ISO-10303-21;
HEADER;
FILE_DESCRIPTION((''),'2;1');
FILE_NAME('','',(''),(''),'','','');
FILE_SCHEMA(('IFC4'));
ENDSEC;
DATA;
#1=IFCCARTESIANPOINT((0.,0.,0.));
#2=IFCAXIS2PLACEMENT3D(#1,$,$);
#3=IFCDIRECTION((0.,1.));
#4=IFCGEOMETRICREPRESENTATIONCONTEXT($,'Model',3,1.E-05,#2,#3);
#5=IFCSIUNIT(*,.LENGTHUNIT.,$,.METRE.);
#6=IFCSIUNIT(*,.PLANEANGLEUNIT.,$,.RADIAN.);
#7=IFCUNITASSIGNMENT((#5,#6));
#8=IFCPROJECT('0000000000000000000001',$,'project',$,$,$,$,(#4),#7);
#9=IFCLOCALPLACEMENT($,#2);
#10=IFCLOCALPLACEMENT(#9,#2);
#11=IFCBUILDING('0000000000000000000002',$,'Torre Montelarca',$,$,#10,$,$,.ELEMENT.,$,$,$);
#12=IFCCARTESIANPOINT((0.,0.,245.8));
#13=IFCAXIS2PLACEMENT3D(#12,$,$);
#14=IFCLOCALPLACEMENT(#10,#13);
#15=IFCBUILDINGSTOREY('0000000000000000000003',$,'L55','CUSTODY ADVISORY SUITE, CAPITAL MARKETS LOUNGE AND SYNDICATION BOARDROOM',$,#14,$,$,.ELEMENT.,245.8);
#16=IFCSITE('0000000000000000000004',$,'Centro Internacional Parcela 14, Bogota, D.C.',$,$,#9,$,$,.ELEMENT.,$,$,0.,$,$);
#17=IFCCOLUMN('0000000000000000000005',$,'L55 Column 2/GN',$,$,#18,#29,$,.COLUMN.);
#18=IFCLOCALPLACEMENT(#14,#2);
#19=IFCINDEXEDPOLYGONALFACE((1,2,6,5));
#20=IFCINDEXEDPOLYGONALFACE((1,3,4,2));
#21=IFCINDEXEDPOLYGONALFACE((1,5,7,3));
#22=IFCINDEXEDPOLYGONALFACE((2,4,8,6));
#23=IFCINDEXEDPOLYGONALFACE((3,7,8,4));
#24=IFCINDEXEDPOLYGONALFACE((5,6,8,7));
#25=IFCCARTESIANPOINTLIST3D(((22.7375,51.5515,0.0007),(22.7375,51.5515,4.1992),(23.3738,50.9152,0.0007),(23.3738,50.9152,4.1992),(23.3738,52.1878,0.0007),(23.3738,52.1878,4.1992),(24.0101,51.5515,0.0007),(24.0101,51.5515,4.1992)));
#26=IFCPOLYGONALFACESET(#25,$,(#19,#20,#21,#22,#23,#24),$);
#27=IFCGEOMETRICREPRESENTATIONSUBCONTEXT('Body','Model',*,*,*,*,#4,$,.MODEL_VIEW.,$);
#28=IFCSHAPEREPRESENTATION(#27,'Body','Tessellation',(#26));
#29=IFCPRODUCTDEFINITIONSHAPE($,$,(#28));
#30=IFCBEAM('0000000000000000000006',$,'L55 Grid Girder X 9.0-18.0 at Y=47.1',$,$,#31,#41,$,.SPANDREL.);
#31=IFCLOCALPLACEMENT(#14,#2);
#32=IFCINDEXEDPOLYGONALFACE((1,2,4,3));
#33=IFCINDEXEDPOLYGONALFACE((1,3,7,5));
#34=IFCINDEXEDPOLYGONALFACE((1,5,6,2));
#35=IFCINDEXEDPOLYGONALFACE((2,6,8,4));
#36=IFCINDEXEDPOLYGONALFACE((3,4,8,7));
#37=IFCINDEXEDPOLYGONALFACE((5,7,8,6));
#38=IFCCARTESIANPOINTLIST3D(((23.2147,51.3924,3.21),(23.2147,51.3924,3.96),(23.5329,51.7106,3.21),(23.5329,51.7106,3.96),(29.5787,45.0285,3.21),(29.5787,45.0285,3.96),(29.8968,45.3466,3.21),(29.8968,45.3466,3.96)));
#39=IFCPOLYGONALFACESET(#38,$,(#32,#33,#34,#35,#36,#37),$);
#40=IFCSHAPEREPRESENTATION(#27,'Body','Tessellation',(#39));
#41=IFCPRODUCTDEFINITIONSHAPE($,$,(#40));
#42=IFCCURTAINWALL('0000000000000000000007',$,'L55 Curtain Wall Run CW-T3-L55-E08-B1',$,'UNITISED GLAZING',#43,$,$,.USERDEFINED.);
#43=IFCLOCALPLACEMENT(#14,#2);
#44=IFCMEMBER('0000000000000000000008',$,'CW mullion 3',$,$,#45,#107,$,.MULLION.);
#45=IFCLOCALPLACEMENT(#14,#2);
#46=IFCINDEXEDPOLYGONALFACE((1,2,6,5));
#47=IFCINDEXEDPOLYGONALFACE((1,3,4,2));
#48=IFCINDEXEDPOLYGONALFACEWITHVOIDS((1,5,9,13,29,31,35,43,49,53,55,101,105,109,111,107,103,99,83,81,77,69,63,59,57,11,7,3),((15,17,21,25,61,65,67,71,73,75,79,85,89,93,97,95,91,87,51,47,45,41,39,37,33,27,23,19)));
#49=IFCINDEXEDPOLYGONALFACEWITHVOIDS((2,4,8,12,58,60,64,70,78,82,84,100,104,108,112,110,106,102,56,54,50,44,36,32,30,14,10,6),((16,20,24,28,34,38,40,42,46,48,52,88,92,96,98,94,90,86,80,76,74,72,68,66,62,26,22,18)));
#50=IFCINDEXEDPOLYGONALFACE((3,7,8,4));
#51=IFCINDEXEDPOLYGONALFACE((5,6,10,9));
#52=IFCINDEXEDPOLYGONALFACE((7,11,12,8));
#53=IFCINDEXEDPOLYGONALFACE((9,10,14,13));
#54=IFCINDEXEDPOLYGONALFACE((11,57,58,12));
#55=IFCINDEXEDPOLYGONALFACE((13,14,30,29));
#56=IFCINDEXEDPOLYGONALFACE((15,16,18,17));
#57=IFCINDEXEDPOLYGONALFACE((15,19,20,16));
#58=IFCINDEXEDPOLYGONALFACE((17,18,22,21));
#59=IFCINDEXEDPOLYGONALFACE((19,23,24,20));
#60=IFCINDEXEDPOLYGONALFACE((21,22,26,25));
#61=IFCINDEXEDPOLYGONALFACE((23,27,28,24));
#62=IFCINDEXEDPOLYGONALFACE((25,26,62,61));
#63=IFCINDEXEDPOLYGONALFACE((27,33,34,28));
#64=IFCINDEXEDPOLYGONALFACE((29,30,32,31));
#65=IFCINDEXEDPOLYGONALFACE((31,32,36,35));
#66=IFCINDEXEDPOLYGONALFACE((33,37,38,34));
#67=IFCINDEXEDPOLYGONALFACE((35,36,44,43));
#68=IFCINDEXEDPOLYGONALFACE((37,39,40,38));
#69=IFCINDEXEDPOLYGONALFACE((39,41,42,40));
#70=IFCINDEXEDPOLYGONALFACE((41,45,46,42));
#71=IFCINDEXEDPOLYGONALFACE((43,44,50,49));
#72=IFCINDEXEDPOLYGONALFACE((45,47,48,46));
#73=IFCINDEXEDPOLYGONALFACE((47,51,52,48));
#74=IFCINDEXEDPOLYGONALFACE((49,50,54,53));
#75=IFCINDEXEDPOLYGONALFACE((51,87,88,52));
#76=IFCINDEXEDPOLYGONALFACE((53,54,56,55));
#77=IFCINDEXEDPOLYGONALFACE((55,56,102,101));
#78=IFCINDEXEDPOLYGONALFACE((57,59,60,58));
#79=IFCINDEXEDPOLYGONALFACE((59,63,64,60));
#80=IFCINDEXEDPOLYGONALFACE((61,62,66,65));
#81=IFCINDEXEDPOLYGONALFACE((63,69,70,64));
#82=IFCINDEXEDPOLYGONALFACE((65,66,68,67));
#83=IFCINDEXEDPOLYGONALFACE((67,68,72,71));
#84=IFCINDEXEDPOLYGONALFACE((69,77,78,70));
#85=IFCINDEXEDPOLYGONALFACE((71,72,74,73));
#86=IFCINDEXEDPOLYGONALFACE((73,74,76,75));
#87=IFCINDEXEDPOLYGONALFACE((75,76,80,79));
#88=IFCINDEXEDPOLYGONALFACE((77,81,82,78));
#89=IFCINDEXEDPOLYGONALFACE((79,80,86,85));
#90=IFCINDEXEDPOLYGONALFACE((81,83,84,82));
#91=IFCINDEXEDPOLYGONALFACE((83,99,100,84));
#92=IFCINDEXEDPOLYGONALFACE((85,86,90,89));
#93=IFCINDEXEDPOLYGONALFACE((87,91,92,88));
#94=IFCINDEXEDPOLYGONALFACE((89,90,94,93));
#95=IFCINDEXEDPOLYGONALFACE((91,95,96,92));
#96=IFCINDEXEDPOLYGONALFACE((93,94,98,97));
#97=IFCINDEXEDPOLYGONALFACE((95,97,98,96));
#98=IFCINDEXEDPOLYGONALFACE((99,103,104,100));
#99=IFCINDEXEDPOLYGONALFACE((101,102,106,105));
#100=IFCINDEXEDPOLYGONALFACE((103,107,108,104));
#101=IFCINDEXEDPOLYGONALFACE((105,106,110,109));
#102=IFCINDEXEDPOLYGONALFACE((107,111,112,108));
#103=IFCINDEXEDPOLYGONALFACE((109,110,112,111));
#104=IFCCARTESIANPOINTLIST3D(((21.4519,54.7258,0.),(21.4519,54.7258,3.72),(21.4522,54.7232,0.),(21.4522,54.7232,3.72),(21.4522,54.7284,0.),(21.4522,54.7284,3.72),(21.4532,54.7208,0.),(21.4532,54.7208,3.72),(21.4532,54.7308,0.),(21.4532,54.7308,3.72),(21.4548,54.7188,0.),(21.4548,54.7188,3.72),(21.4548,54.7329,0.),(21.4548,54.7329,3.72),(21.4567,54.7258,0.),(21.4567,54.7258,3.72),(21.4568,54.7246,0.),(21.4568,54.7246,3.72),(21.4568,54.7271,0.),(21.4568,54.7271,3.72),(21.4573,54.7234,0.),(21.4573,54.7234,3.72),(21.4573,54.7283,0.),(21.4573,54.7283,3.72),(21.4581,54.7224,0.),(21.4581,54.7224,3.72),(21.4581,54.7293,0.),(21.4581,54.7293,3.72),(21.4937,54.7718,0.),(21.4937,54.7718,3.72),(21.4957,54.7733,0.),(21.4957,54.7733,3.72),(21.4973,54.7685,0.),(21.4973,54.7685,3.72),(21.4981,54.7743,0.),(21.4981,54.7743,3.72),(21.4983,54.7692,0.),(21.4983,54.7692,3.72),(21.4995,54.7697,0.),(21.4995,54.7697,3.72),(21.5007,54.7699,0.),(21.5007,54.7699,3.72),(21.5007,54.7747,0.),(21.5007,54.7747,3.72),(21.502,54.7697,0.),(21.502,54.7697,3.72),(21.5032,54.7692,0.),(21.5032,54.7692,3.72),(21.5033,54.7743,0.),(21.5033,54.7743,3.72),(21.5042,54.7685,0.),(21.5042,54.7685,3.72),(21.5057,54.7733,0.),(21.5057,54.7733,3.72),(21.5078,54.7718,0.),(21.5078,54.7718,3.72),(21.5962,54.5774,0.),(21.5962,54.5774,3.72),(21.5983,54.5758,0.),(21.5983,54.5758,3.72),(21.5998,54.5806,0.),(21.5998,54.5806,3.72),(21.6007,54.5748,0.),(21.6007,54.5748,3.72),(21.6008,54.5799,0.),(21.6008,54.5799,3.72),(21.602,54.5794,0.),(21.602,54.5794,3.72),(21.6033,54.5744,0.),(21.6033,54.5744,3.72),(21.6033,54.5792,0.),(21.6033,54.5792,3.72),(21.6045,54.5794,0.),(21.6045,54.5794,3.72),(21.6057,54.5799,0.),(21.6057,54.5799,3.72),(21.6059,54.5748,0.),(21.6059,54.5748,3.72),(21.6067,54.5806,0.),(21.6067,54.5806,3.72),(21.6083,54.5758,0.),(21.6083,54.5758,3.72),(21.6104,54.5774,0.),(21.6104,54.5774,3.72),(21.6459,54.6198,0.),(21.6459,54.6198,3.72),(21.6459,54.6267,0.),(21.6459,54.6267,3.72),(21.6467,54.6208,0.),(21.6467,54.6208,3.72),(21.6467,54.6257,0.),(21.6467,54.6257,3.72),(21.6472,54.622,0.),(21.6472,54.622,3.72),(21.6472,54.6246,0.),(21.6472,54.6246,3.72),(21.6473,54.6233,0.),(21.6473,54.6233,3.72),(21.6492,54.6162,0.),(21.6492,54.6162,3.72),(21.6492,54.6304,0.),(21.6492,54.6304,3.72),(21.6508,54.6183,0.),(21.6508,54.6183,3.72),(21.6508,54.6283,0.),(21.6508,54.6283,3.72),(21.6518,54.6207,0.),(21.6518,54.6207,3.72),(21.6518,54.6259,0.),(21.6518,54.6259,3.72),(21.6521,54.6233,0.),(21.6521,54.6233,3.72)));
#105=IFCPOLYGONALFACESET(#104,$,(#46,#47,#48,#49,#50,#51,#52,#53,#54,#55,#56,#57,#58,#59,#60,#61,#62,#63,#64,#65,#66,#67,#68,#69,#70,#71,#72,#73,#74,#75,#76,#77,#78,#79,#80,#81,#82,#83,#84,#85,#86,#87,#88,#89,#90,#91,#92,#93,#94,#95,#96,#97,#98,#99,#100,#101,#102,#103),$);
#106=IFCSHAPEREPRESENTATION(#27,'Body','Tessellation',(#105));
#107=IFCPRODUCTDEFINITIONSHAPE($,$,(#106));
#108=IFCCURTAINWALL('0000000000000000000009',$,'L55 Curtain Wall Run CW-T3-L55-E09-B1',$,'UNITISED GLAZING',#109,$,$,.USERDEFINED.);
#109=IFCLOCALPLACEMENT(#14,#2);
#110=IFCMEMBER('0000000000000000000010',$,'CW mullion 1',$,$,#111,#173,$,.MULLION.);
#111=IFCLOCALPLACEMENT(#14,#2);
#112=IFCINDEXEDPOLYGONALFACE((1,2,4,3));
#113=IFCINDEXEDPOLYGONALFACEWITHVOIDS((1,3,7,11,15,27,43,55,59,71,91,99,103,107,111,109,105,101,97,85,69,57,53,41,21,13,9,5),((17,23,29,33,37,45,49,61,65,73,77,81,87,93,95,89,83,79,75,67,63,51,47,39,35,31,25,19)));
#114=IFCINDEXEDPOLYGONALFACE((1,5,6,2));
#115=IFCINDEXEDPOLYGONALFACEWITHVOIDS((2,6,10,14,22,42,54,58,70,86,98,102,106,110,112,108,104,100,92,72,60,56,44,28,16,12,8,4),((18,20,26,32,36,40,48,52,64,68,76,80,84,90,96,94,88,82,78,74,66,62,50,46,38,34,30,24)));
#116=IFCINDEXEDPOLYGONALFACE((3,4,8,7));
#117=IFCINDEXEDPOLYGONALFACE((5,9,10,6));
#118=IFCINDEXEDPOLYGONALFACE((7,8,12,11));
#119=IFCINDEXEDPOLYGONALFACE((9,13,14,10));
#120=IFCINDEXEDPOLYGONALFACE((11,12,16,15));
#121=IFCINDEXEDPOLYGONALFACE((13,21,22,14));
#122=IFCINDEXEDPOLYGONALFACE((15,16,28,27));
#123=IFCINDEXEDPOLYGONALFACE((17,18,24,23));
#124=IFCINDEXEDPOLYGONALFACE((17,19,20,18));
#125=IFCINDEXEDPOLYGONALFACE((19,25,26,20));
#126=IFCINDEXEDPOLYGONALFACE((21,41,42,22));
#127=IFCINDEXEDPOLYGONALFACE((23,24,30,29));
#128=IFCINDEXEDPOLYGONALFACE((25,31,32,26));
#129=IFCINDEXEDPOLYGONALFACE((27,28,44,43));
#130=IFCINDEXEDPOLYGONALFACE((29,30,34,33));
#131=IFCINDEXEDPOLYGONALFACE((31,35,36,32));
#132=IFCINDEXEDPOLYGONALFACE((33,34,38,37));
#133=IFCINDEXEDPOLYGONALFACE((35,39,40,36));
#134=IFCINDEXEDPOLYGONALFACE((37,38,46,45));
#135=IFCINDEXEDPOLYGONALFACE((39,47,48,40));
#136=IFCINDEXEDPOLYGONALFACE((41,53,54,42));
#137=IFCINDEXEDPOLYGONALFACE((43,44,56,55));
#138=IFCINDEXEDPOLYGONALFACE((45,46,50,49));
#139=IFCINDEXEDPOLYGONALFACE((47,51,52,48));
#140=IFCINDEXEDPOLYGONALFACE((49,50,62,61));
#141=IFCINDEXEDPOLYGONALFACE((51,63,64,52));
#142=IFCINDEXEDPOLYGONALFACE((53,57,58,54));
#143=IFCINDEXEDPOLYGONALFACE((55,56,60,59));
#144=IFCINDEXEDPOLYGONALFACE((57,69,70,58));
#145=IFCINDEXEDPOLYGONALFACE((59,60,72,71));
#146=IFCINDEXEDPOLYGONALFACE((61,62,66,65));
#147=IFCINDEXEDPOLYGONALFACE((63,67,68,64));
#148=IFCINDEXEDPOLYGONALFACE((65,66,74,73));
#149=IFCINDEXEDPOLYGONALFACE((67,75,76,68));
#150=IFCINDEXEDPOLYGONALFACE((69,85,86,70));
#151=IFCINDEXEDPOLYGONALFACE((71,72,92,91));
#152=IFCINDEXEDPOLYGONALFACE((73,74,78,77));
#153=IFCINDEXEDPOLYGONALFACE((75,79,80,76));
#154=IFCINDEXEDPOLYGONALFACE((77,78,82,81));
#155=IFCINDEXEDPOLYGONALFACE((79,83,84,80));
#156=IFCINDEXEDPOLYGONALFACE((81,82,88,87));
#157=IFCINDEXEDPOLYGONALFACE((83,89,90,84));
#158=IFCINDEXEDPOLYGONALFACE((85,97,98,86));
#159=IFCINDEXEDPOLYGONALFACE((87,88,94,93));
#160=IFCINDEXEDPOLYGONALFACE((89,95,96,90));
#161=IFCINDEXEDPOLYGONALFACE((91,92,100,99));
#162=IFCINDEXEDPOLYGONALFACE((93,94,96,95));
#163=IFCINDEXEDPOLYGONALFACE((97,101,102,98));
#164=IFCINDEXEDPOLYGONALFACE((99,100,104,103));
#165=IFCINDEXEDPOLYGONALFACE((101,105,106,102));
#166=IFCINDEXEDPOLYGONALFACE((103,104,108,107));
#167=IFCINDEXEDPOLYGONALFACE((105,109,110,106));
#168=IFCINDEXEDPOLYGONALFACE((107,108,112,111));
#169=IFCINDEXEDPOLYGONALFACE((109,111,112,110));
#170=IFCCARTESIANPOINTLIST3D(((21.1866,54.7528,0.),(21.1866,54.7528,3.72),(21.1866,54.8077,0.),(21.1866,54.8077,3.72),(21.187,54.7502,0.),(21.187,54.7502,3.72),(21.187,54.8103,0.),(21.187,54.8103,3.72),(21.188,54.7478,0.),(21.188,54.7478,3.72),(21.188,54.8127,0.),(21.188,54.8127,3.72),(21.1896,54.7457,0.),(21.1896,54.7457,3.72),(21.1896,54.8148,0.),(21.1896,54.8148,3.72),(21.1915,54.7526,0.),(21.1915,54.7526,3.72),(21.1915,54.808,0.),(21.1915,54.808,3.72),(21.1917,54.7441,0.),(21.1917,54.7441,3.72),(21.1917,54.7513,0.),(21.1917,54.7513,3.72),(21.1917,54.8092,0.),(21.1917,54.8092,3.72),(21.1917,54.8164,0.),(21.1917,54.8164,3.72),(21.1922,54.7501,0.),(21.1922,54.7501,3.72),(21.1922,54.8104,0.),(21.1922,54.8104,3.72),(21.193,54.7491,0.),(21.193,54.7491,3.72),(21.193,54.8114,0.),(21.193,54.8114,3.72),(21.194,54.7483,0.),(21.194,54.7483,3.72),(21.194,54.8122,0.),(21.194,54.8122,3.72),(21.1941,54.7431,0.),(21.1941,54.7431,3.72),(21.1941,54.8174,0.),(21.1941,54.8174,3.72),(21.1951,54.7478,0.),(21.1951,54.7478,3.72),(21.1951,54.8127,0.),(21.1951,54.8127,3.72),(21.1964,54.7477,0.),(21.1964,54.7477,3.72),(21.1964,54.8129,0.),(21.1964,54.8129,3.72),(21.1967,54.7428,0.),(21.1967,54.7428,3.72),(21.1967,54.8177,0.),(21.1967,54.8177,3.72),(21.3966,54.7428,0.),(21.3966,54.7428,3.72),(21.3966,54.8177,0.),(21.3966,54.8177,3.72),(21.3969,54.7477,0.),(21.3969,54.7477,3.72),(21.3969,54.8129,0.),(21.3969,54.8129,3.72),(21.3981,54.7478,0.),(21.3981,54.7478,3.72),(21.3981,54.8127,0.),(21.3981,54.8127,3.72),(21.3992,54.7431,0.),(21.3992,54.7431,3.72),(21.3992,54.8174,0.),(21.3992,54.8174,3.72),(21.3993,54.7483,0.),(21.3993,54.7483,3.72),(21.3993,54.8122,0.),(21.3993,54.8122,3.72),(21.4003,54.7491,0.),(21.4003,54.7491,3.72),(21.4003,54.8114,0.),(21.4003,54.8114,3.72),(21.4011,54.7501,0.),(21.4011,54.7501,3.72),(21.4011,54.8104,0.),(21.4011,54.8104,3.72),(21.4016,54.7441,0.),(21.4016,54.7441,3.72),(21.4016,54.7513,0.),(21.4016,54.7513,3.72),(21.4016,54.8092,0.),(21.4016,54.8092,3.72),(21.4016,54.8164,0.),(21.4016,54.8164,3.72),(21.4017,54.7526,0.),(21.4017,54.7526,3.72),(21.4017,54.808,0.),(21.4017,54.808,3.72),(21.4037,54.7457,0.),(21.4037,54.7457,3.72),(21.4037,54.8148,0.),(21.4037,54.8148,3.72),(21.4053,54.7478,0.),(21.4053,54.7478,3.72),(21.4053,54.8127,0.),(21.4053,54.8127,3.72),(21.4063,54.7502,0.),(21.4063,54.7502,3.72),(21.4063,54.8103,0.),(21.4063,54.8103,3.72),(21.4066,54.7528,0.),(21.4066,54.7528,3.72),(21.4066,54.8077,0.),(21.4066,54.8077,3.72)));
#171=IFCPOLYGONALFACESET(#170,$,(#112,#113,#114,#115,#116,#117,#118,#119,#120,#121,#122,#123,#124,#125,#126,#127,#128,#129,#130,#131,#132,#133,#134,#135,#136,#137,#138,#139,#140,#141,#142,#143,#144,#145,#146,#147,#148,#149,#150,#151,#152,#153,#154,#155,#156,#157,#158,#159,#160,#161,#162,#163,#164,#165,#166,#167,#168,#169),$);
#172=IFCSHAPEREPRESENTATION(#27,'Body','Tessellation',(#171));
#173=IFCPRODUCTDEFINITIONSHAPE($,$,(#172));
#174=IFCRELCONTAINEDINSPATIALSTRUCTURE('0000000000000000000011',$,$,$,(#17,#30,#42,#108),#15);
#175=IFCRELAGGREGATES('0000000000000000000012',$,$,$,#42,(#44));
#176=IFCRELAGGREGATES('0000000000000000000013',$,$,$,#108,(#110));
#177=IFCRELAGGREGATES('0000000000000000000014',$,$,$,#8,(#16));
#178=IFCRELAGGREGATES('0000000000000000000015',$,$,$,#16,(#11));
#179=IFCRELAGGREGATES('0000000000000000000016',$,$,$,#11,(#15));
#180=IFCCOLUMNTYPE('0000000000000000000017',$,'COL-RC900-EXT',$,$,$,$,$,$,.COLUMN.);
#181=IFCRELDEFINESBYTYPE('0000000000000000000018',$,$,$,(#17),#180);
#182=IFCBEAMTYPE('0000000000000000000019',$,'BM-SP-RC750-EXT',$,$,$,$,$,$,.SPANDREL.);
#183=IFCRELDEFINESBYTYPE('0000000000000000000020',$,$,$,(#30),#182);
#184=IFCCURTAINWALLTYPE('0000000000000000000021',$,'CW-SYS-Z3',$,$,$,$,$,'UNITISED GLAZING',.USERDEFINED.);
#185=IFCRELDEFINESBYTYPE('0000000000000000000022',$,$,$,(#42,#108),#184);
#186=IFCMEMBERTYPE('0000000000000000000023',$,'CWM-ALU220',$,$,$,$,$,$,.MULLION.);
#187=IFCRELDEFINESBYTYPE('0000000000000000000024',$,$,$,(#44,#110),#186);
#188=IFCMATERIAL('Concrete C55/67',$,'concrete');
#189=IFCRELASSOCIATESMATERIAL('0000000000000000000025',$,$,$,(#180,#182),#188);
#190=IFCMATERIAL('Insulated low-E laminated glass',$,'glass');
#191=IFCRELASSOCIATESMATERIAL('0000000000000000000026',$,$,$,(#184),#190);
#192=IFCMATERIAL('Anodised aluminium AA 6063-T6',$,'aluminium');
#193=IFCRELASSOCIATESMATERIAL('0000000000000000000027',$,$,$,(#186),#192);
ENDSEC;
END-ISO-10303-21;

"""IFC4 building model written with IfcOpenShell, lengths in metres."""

from ifc_helpers import new_model, si_unit, direction, frame, origin, origin_2d, place, context, subcontext, project, spatial, rectangle, hollow_rectangle, extrude, source, transform, mapped, material, material_profile, profile_set, type_object, element, aggregate, save


model = new_model("IFC4")

# Units and contexts
model_context = context("Model", 3, precision=1e-05, world=origin(), true_north=direction((0.0, 1.0)))
body_context = subcontext(model_context, "Body", "Model", "MODEL_VIEW")
ifc_project = project(units=[si_unit("LENGTHUNIT", "METRE"), si_unit("PLANEANGLEUNIT", "RADIAN")], contexts=[model_context])

# Site, building, storey
site_placement = place(None, origin())
site = spatial("IfcSite", under=ifc_project, at=site_placement, Name="Centro Internacional Parcela 14, Bogota, D.C.", CompositionType="ELEMENT", RefElevation=0.0)
building_placement = place(site_placement, origin())
building = spatial("IfcBuilding", under=site, at=building_placement, Name="Torre Montelarca", CompositionType="ELEMENT")
storey_placement = place(building_placement, frame((0.0, 0.0, 245.8)))
storey = spatial("IfcBuildingStorey", under=building, at=storey_placement, Name="L55", Description="CUSTODY ADVISORY SUITE, CAPITAL MARKETS LOUNGE AND SYNDICATION BOARDROOM", CompositionType="ELEMENT", Elevation=245.8)

# Column
ifc_material_1 = material(Name="Concrete C55/67", Category="concrete")
ifc_material_profile_1 = material_profile(ifc_material_1, rectangle(XDim=0.8999, YDim=0.8999, at=origin_2d()), Name="RC900X900", Category="concrete")
ifc_profile_set_1 = profile_set([ifc_material_profile_1], Name="Concrete C55/67")
column_type = type_object("IfcColumnType", Name="COL-RC900-EXT", PredefinedType="COLUMN", material=ifc_profile_set_1)
shared_shape_1 = source(origin(), body_context, "Body", "SweptSolid", [
    extrude(rectangle(XDim=0.8999, YDim=0.8999, at=origin_2d()), origin(), (0.0, 0.0, 1.0), 4.1985),
])
column_placement = place(storey_placement, frame((23.3738, 51.5515, 0.0007), z_axis=(0.0, 0.0, 1.0), x_axis=(-0.707107, 0.707107, 0.0)))
element("IfcColumn", 1, at=column_placement, inside=storey, type_object=column_type, Name="L55 Column 2/GN", PredefinedType="COLUMN", context=body_context, shape_type="MappedRepresentation", body=[
    mapped(shared_shape_1, transform((0.0, 0.0, 0.0), scale=1.0)),
])

# Beam
ifc_material_profile_2 = material_profile(ifc_material_1, rectangle(XDim=0.45, YDim=0.75, at=origin_2d()), Name="RCB450X750", Category="concrete")
ifc_profile_set_2 = profile_set([ifc_material_profile_2], Name="Concrete C55/67")
beam_type = type_object("IfcBeamType", Name="BM-SP-RC750-EXT", PredefinedType="SPANDREL", material=ifc_profile_set_2)
shared_shape_2 = source(origin(), body_context, "Body", "SweptSolid", [
    extrude(rectangle(XDim=0.45, YDim=0.75, at=origin_2d()), origin(), (0.0, 0.0, 1.0), 9.0),
])
beam_placement = place(storey_placement, frame((23.3738, 51.5515, 3.585), z_axis=(0.707107, -0.707107, 0.0), x_axis=(0.707107, 0.707107, 0.0)))
element("IfcBeam", 2, at=beam_placement, inside=storey, type_object=beam_type, Name="L55 Grid Girder X 9.0-18.0 at Y=47.1", PredefinedType="SPANDREL", context=body_context, shape_type="MappedRepresentation", body=[
    mapped(shared_shape_2, transform((0.0, 0.0, 0.0), scale=1.0)),
])

# Curtain wall, member
ifc_material_2 = material(Name="Insulated low-E laminated glass", Category="glass")
curtain_wall_type = type_object("IfcCurtainWallType", Name="CW-SYS-Z3", ElementType="UNITISED GLAZING", PredefinedType="USERDEFINED", material=ifc_material_2)
curtain_wall_1_placement = place(storey_placement, origin())
curtain_wall_1 = element("IfcCurtainWall", 3, at=curtain_wall_1_placement, inside=storey, type_object=curtain_wall_type, Name="L55 Curtain Wall Run CW-T3-L55-E08-B1", ObjectType="UNITISED GLAZING", PredefinedType="USERDEFINED")
ifc_material_3 = material(Name="Anodised aluminium AA 6063-T6", Category="aluminium")
ifc_material_profile_3 = material_profile(ifc_material_3, hollow_rectangle(XDim=0.075, YDim=0.22, WallThickness=0.0049, InnerFilletRadius=0.0049, OuterFilletRadius=0.01, at=origin_2d()), Name="ALU75X220X5", Category="aluminium")
ifc_profile_set_3 = profile_set([ifc_material_profile_3], Name="Anodised aluminium AA 6063-T6")
member_type_1 = type_object("IfcMemberType", Name="CWM-ALU220", PredefinedType="MULLION", material=ifc_profile_set_3)
shared_shape_3 = source(origin(), body_context, "Body", "SweptSolid", [
    extrude(hollow_rectangle(XDim=0.075, YDim=0.22, WallThickness=0.0049, InnerFilletRadius=0.0049, OuterFilletRadius=0.01, at=origin_2d()), origin(), (0.0, 0.0, 1.0), 3.72),
])
member_1_placement = place(storey_placement, frame((21.552, 54.6746, 0.0), z_axis=(0.0, 0.0, 1.0), x_axis=(-0.707108, -0.707105, 0.0)))
member_1 = element("IfcMember", 4, at=member_1_placement, type_object=member_type_1, Name="CW mullion 3", PredefinedType="MULLION", context=body_context, shape_type="MappedRepresentation", body=[
    mapped(shared_shape_3, transform((0.0, 0.0, 0.0), scale=1.0)),
])
aggregate(curtain_wall_1, [member_1])

# Curtain wall, member
curtain_wall_2_placement = place(storey_placement, origin())
curtain_wall_2 = element("IfcCurtainWall", 5, at=curtain_wall_2_placement, inside=storey, type_object=curtain_wall_type, Name="L55 Curtain Wall Run CW-T3-L55-E09-B1", ObjectType="UNITISED GLAZING", PredefinedType="USERDEFINED")
member_2_placement = place(storey_placement, frame((21.2966, 54.7803, 0.0), z_axis=(0.0, 0.0, 1.0), x_axis=(0.0, -1.0, 0.0)))
member_2 = element("IfcMember", 6, at=member_2_placement, type_object=member_type_1, Name="CW mullion 1", PredefinedType="MULLION", context=body_context, shape_type="MappedRepresentation", body=[
    mapped(shared_shape_3, transform((0.0, 0.0, 0.0), scale=1.0)),
])
aggregate(curtain_wall_2, [member_2])

save(model, "model.ifc")
